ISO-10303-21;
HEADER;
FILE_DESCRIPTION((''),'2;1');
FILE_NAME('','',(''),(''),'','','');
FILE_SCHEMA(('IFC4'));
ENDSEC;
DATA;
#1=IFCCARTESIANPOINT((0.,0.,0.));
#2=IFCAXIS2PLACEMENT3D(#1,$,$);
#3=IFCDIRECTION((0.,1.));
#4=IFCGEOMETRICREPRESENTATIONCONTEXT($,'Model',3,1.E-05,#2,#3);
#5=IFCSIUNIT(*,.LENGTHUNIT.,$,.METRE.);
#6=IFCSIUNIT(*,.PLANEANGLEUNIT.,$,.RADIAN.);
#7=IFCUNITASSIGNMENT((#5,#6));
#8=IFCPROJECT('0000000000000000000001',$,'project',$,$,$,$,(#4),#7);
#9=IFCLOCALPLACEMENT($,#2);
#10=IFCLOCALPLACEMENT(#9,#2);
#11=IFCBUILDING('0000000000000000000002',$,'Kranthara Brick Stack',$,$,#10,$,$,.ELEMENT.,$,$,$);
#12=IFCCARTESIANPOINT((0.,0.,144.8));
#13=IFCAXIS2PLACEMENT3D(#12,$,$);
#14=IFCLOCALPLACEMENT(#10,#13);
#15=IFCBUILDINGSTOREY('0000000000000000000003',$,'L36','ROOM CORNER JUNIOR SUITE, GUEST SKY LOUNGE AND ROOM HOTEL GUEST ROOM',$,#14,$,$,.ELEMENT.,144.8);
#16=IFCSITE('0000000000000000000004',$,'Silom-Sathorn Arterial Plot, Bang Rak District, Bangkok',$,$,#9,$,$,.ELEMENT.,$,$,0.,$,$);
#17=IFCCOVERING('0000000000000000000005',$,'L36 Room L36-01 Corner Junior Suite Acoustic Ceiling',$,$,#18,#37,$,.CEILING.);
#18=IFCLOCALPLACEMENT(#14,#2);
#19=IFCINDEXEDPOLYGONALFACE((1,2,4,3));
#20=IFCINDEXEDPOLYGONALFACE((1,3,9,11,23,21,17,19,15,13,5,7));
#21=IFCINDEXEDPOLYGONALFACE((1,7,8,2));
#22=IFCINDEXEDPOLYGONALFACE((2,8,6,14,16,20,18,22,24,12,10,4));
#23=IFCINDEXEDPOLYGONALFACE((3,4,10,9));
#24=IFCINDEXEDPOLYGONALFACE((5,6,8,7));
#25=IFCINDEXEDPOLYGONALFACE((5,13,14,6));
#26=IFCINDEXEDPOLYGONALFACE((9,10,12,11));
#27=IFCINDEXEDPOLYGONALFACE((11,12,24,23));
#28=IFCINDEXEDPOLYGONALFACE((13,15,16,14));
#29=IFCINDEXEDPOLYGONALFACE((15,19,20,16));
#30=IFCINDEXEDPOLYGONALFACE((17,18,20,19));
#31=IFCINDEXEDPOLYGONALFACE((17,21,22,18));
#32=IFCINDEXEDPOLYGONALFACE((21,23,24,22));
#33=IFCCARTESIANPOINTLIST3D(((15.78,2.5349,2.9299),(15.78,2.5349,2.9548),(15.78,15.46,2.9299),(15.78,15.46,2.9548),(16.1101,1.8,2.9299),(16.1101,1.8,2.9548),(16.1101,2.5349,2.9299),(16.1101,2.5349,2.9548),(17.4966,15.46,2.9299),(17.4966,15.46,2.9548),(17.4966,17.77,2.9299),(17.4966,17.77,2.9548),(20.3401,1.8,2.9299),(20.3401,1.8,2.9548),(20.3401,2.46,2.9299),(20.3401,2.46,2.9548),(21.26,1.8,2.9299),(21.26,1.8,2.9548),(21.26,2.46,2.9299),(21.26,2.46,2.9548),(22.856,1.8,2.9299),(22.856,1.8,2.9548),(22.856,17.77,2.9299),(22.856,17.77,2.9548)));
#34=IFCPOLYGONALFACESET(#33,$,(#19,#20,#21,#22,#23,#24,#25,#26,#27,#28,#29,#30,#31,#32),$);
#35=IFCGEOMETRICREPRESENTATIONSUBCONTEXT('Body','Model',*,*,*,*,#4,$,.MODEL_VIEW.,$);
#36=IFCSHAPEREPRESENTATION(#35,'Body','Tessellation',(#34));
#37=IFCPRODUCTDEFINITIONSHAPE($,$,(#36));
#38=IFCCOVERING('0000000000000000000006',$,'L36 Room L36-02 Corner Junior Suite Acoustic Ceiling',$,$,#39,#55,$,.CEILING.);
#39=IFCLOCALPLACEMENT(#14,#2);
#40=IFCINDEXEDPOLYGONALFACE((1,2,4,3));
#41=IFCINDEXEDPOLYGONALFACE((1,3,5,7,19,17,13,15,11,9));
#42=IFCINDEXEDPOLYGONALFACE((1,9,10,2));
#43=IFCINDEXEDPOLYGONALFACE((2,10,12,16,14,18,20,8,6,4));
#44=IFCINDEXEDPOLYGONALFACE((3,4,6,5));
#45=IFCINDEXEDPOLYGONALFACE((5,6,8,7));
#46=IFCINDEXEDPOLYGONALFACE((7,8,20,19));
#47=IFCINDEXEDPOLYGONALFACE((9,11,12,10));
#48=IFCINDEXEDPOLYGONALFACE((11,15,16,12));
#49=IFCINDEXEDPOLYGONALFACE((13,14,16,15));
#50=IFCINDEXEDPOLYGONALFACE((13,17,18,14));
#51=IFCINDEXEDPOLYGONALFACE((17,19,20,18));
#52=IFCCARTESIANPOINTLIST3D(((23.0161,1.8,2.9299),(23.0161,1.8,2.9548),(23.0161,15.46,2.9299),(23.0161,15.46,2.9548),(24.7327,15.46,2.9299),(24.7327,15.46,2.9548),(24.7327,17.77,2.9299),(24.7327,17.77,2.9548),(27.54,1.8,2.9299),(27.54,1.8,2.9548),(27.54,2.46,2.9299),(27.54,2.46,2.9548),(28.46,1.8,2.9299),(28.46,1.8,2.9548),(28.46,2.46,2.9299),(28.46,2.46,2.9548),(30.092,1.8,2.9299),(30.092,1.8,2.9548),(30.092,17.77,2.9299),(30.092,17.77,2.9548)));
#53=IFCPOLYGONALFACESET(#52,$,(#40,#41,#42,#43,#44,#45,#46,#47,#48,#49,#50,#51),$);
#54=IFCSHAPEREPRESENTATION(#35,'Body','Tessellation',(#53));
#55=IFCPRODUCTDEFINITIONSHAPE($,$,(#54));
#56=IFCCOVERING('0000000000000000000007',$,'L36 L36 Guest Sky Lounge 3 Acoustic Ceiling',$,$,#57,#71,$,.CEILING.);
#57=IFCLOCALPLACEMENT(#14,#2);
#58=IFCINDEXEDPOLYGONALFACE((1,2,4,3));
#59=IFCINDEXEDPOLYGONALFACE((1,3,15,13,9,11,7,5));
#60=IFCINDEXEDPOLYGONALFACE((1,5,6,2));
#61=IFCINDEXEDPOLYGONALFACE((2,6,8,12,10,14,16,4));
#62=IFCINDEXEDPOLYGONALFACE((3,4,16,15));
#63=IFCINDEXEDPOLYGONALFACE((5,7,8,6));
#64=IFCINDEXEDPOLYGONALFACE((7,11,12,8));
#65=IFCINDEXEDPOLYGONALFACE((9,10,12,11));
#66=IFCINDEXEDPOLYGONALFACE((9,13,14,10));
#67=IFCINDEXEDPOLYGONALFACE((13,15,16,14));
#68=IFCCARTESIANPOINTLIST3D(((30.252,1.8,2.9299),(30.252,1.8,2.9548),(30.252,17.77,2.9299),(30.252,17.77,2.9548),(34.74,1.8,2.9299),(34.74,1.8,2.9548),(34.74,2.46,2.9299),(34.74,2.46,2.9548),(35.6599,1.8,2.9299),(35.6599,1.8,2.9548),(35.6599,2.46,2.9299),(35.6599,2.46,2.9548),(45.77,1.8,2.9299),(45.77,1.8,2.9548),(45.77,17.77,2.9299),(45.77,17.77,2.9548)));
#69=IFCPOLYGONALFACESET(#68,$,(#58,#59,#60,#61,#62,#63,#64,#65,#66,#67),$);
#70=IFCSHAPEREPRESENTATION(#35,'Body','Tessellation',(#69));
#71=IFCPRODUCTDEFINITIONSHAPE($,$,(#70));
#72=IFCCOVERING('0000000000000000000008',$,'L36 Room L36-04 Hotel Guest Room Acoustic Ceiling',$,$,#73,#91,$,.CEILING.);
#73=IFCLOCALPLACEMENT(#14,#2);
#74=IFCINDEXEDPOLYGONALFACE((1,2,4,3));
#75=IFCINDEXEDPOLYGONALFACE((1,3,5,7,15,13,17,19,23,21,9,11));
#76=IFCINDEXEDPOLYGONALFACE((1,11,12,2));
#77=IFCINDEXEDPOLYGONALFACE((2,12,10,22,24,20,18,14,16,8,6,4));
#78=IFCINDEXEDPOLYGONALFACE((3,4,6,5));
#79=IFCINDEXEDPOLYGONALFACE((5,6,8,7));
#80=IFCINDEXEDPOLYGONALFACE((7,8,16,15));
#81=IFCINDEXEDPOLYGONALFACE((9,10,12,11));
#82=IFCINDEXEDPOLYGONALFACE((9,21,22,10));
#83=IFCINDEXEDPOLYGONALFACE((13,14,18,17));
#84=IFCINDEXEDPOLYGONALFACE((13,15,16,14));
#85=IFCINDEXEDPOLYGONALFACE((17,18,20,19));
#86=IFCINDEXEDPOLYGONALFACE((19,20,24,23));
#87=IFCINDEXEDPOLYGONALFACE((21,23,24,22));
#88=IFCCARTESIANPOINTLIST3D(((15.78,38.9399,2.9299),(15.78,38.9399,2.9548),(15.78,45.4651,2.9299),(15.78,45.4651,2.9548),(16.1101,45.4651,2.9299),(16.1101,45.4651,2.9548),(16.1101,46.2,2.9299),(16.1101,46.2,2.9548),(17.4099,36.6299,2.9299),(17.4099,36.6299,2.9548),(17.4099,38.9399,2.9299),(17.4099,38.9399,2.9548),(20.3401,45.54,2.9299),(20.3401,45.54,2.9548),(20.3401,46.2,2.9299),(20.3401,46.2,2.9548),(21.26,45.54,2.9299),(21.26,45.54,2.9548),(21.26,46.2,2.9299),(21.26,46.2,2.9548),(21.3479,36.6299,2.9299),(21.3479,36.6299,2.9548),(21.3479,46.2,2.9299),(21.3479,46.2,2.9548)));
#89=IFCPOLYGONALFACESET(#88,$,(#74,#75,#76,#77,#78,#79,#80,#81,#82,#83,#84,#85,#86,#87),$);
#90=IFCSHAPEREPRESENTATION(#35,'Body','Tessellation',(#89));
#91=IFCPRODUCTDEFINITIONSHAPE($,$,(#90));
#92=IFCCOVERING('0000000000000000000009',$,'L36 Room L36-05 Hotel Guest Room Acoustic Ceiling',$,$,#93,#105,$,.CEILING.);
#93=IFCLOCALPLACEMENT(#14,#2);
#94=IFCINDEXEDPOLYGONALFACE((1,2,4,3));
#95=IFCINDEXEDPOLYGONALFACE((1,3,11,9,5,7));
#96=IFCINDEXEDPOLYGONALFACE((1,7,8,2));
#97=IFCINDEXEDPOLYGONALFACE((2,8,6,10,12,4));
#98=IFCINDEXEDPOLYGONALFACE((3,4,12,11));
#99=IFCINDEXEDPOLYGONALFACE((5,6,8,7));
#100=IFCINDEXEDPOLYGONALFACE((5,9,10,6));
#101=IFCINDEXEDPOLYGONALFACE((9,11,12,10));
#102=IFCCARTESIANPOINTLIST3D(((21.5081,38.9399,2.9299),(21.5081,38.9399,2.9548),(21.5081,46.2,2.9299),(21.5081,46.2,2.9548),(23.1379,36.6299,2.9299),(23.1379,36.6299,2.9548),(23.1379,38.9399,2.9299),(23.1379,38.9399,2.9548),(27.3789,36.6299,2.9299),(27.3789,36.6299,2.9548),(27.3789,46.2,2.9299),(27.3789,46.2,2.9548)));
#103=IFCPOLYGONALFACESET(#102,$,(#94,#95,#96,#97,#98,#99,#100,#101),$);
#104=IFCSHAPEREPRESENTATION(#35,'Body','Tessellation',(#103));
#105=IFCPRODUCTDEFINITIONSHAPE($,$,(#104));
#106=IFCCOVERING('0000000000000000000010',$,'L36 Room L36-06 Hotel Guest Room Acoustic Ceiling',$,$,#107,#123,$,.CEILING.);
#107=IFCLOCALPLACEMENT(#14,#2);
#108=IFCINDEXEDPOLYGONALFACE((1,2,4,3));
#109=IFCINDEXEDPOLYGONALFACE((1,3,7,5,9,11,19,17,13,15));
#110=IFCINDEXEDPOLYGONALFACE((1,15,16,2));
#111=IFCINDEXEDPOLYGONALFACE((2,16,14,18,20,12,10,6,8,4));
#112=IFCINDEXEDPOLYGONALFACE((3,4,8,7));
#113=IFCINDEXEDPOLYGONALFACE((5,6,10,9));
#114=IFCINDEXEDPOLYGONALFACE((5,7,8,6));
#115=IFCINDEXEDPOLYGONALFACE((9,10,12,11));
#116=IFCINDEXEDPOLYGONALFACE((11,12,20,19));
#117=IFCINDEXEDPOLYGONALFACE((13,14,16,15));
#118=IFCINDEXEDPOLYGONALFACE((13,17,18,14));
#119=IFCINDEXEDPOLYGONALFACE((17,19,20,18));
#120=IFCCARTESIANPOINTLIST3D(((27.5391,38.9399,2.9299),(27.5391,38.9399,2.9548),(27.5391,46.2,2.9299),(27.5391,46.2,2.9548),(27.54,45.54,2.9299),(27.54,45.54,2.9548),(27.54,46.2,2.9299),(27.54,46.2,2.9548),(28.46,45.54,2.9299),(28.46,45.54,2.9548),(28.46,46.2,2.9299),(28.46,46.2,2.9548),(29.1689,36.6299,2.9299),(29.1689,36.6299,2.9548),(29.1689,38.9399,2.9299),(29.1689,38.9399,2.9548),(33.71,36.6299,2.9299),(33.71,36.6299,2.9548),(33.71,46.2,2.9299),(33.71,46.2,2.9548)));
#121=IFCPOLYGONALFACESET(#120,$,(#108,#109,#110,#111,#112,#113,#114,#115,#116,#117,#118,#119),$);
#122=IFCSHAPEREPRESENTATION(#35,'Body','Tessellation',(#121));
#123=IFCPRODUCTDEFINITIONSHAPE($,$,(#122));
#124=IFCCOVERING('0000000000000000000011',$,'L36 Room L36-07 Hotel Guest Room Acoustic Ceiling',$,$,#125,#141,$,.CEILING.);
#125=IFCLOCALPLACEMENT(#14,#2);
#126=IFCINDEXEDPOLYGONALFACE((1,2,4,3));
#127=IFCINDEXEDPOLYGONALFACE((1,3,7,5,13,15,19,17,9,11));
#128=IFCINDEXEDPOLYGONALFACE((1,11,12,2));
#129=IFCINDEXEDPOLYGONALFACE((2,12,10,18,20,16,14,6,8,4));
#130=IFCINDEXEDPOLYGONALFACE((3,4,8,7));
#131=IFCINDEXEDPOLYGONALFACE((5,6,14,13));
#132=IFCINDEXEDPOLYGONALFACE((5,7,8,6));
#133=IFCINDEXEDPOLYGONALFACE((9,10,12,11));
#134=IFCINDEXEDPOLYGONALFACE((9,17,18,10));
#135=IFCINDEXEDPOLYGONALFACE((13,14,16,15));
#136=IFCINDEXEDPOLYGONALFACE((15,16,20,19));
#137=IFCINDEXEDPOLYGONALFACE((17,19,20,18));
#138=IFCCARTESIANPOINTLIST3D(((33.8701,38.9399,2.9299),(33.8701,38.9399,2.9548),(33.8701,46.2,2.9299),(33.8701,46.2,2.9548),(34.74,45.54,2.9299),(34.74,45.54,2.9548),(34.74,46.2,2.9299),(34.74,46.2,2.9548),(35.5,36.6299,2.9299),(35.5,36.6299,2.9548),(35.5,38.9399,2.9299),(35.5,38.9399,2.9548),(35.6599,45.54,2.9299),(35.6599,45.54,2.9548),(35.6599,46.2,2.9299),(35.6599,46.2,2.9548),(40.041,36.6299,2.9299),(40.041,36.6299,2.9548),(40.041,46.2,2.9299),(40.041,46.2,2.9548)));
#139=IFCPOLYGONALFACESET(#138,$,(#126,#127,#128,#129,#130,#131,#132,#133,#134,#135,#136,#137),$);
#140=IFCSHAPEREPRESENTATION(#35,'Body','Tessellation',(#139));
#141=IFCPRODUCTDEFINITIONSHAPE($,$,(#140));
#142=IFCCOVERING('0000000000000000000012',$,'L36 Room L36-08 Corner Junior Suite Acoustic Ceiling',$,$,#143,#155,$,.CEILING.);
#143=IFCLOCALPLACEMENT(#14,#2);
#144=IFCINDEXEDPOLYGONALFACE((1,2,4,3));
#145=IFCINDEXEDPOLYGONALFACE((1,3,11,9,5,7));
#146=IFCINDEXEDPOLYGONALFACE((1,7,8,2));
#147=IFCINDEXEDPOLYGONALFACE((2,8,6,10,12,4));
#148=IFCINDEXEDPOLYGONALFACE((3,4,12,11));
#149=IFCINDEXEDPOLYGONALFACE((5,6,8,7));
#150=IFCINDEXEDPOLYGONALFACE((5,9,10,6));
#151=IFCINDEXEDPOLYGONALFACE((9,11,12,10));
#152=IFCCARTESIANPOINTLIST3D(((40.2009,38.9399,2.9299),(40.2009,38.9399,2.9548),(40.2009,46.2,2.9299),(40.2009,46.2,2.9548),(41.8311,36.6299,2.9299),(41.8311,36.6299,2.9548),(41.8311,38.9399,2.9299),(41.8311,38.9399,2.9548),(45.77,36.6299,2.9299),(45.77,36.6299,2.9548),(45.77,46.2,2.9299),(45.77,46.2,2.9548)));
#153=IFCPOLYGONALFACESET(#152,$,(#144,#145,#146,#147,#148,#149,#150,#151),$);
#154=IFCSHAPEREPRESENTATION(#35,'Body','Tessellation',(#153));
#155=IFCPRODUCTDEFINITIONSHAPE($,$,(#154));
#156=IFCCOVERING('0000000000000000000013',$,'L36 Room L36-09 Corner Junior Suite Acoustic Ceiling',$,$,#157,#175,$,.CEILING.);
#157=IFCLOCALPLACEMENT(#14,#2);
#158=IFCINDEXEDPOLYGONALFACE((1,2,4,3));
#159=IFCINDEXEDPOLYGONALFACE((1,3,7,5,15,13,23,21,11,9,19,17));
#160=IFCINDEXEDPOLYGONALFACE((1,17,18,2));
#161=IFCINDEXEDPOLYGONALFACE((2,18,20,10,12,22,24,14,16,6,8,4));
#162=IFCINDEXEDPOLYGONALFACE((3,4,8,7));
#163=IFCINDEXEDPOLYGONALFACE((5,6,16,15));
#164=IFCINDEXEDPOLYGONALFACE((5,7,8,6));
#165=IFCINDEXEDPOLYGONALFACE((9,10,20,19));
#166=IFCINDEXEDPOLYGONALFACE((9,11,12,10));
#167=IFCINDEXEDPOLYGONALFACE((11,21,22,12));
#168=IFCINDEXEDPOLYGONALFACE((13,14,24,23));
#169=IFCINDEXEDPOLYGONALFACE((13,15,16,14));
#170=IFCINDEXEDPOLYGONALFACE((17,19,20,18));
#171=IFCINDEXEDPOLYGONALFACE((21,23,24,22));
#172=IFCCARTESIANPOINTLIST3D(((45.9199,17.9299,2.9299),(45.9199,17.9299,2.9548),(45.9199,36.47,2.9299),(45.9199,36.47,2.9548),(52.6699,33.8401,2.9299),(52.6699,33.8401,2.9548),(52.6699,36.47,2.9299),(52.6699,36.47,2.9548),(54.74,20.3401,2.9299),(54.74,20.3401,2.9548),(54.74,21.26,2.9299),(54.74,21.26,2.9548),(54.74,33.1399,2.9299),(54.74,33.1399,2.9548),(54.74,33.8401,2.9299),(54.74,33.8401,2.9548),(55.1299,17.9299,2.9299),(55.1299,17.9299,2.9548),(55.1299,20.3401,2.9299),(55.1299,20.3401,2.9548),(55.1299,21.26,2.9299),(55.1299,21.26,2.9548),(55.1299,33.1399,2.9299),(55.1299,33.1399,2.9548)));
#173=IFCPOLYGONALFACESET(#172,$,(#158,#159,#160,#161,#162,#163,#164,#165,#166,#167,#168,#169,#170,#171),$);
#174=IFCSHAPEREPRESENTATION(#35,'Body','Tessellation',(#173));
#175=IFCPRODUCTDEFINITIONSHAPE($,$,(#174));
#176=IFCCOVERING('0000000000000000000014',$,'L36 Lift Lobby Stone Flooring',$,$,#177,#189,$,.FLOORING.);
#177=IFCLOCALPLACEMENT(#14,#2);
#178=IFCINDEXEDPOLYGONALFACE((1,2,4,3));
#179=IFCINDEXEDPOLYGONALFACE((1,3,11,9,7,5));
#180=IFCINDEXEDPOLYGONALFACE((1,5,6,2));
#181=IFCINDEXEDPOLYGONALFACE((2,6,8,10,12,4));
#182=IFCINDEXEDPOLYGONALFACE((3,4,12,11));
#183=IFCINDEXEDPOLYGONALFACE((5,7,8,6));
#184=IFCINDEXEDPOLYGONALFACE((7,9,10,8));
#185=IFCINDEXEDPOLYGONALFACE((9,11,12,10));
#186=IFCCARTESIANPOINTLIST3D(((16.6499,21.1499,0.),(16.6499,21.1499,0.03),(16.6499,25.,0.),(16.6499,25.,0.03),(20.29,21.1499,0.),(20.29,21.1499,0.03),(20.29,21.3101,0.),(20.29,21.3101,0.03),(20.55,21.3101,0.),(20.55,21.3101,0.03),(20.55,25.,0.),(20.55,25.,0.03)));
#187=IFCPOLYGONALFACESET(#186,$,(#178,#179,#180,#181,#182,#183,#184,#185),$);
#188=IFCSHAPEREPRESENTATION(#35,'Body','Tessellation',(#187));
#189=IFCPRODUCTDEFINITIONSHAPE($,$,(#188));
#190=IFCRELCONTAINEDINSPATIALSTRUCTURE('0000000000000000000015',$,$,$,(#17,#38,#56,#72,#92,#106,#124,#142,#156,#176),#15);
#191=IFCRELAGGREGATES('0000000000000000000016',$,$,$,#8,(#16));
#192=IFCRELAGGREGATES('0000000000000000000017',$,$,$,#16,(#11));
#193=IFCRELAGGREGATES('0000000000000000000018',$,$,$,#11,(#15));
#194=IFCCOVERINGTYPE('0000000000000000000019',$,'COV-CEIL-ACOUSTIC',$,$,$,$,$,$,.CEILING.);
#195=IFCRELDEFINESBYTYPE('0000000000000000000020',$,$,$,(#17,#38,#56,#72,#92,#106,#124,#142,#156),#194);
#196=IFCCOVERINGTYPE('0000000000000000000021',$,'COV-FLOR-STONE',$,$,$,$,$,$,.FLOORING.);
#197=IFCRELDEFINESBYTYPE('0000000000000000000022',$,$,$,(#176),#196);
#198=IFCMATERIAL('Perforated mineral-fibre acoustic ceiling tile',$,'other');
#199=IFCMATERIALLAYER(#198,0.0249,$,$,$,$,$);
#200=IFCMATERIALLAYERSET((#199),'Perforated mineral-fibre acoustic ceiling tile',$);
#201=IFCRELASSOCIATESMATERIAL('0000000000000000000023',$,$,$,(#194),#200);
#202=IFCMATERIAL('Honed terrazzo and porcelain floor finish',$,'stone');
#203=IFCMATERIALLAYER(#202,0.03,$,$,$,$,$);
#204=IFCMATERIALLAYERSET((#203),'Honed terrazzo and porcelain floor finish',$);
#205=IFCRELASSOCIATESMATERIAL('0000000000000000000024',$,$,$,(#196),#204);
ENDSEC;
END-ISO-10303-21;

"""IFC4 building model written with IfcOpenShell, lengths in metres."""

from ifc_helpers import new_model, si_unit, direction, frame, origin, place, context, subcontext, project, spatial, polyline, outline, extrude, material, layer, layer_set, type_object, element, save


model = new_model("IFC4")

# Units and contexts
model_context = context("Model", 3, precision=1e-05, world=origin(), true_north=direction((0.0, 1.0)))
body_context = subcontext(model_context, "Body", "Model", "MODEL_VIEW")
ifc_project = project(units=[si_unit("LENGTHUNIT", "METRE"), si_unit("PLANEANGLEUNIT", "RADIAN")], contexts=[model_context])

# Site, building, storey
site_placement = place(None, origin())
site = spatial("IfcSite", under=ifc_project, at=site_placement, Name="Silom-Sathorn Arterial Plot, Bang Rak District, Bangkok", CompositionType="ELEMENT", RefElevation=0.0)
building_placement = place(site_placement, origin())
building = spatial("IfcBuilding", under=site, at=building_placement, Name="Kranthara Brick Stack", CompositionType="ELEMENT")
storey_placement = place(building_placement, frame((0.0, 0.0, 144.8)))
storey = spatial("IfcBuildingStorey", under=building, at=storey_placement, Name="L36", Description="ROOM CORNER JUNIOR SUITE, GUEST SKY LOUNGE AND ROOM HOTEL GUEST ROOM", CompositionType="ELEMENT", Elevation=144.8)

# Coverings
ifc_material_1 = material(Name="Perforated mineral-fibre acoustic ceiling tile", Category="other")
ifc_layer_1 = layer(ifc_material_1, 0.0249)
ifc_layer_set_1 = layer_set([ifc_layer_1], Name="Perforated mineral-fibre acoustic ceiling tile")
covering_type_1 = type_object("IfcCoveringType", Name="COV-CEIL-ACOUSTIC", PredefinedType="CEILING", material=ifc_layer_set_1)
covering_1_placement = place(storey_placement, frame((0.0, 0.0, 2.9299)))
element("IfcCovering", 1, at=covering_1_placement, inside=storey, type_object=covering_type_1, Name="L36 Room L36-01 Corner Junior Suite Acoustic Ceiling", PredefinedType="CEILING", context=body_context, shape_type="SweptSolid", body=[
    extrude(outline(polyline([(17.4966, 15.46), (17.4966, 17.77), (22.856, 17.77), (22.856, 1.8), (21.26, 1.8), (21.26, 2.46), (20.3401, 2.46), (20.3401, 1.8), (16.1101, 1.8), (16.1101, 2.5349), (15.78, 2.5349), (15.78, 15.46), (17.4966, 15.46)])), origin(), (0.0, 0.0, 1.0), 0.0249),
])
covering_2_placement = place(storey_placement, frame((0.0, 0.0, 2.9299)))
element("IfcCovering", 2, at=covering_2_placement, inside=storey, type_object=covering_type_1, Name="L36 Room L36-02 Corner Junior Suite Acoustic Ceiling", PredefinedType="CEILING", context=body_context, shape_type="SweptSolid", body=[
    extrude(outline(polyline([(23.0161, 1.8), (23.0161, 15.46), (24.7327, 15.46), (24.7327, 17.77), (30.092, 17.77), (30.092, 1.8), (28.46, 1.8), (28.46, 2.46), (27.54, 2.46), (27.54, 1.8), (23.0161, 1.8)])), origin(), (0.0, 0.0, 1.0), 0.0249),
])
covering_3_placement = place(storey_placement, frame((0.0, 0.0, 2.9299)))
element("IfcCovering", 3, at=covering_3_placement, inside=storey, type_object=covering_type_1, Name="L36 L36 Guest Sky Lounge 3 Acoustic Ceiling", PredefinedType="CEILING", context=body_context, shape_type="SweptSolid", body=[
    extrude(outline(polyline([(30.252, 1.8), (30.252, 17.77), (45.77, 17.77), (45.77, 1.8), (35.6599, 1.8), (35.6599, 2.46), (34.74, 2.46), (34.74, 1.8), (30.252, 1.8)])), origin(), (0.0, 0.0, 1.0), 0.0249),
])
covering_4_placement = place(storey_placement, frame((0.0, 0.0, 2.9299)))
element("IfcCovering", 4, at=covering_4_placement, inside=storey, type_object=covering_type_1, Name="L36 Room L36-04 Hotel Guest Room Acoustic Ceiling", PredefinedType="CEILING", context=body_context, shape_type="SweptSolid", body=[
    extrude(outline(polyline([(21.3479, 36.6299), (17.4099, 36.6299), (17.4099, 38.9399), (15.78, 38.9399), (15.78, 45.4651), (16.1101, 45.4651), (16.1101, 46.2), (20.3401, 46.2), (20.3401, 45.54), (21.26, 45.54), (21.26, 46.2), (21.3479, 46.2), (21.3479, 36.6299)])), origin(), (0.0, 0.0, 1.0), 0.0249),
])
covering_5_placement = place(storey_placement, frame((0.0, 0.0, 2.9299)))
element("IfcCovering", 5, at=covering_5_placement, inside=storey, type_object=covering_type_1, Name="L36 Room L36-05 Hotel Guest Room Acoustic Ceiling", PredefinedType="CEILING", context=body_context, shape_type="SweptSolid", body=[
    extrude(outline(polyline([(23.1379, 36.6299), (27.3789, 36.6299), (27.3789, 46.2), (21.5081, 46.2), (21.5081, 38.9399), (23.1379, 38.9399), (23.1379, 36.6299)])), origin(), (0.0, 0.0, 1.0), 0.0249),
])
covering_6_placement = place(storey_placement, frame((0.0, 0.0, 2.9299)))
element("IfcCovering", 6, at=covering_6_placement, inside=storey, type_object=covering_type_1, Name="L36 Room L36-06 Hotel Guest Room Acoustic Ceiling", PredefinedType="CEILING", context=body_context, shape_type="SweptSolid", body=[
    extrude(outline(polyline([(33.71, 46.2), (33.71, 36.6299), (29.1689, 36.6299), (29.1689, 38.9399), (27.5391, 38.9399), (27.5391, 46.2), (27.54, 46.2), (27.54, 45.54), (28.46, 45.54), (28.46, 46.2), (33.71, 46.2)])), origin(), (0.0, 0.0, 1.0), 0.0249),
])
covering_7_placement = place(storey_placement, frame((0.0, 0.0, 2.9299)))
element("IfcCovering", 7, at=covering_7_placement, inside=storey, type_object=covering_type_1, Name="L36 Room L36-07 Hotel Guest Room Acoustic Ceiling", PredefinedType="CEILING", context=body_context, shape_type="SweptSolid", body=[
    extrude(outline(polyline([(40.041, 46.2), (40.041, 36.6299), (35.5, 36.6299), (35.5, 38.9399), (33.8701, 38.9399), (33.8701, 46.2), (34.74, 46.2), (34.74, 45.54), (35.6599, 45.54), (35.6599, 46.2), (40.041, 46.2)])), origin(), (0.0, 0.0, 1.0), 0.0249),
])
covering_8_placement = place(storey_placement, frame((0.0, 0.0, 2.9299)))
element("IfcCovering", 8, at=covering_8_placement, inside=storey, type_object=covering_type_1, Name="L36 Room L36-08 Corner Junior Suite Acoustic Ceiling", PredefinedType="CEILING", context=body_context, shape_type="SweptSolid", body=[
    extrude(outline(polyline([(41.8311, 36.6299), (45.77, 36.6299), (45.77, 46.2), (40.2009, 46.2), (40.2009, 38.9399), (41.8311, 38.9399), (41.8311, 36.6299)])), origin(), (0.0, 0.0, 1.0), 0.0249),
])
covering_9_placement = place(storey_placement, frame((0.0, 0.0, 2.9299)))
element("IfcCovering", 9, at=covering_9_placement, inside=storey, type_object=covering_type_1, Name="L36 Room L36-09 Corner Junior Suite Acoustic Ceiling", PredefinedType="CEILING", context=body_context, shape_type="SweptSolid", body=[
    extrude(outline(polyline([(45.9199, 17.9299), (45.9199, 36.47), (52.6699, 36.47), (52.6699, 33.8401), (54.74, 33.8401), (54.74, 33.1399), (55.1299, 33.1399), (55.1299, 21.26), (54.74, 21.26), (54.74, 20.3401), (55.1299, 20.3401), (55.1299, 17.9299), (45.9199, 17.9299)])), origin(), (0.0, 0.0, 1.0), 0.0249),
])
ifc_material_2 = material(Name="Honed terrazzo and porcelain floor finish", Category="stone")
ifc_layer_2 = layer(ifc_material_2, 0.03)
ifc_layer_set_2 = layer_set([ifc_layer_2], Name="Honed terrazzo and porcelain floor finish")
covering_type_2 = type_object("IfcCoveringType", Name="COV-FLOR-STONE", PredefinedType="FLOORING", material=ifc_layer_set_2)
covering_10_placement = place(storey_placement, origin())
element("IfcCovering", 10, at=covering_10_placement, inside=storey, type_object=covering_type_2, Name="L36 Lift Lobby Stone Flooring", PredefinedType="FLOORING", context=body_context, shape_type="SweptSolid", body=[
    extrude(outline(polyline([(16.6499, 21.1499), (16.6499, 25.0), (20.55, 25.0), (20.55, 21.3101), (20.29, 21.3101), (20.29, 21.1499), (16.6499, 21.1499)])), origin(), (0.0, 0.0, 1.0), 0.03),
])

save(model, "model.ifc")
